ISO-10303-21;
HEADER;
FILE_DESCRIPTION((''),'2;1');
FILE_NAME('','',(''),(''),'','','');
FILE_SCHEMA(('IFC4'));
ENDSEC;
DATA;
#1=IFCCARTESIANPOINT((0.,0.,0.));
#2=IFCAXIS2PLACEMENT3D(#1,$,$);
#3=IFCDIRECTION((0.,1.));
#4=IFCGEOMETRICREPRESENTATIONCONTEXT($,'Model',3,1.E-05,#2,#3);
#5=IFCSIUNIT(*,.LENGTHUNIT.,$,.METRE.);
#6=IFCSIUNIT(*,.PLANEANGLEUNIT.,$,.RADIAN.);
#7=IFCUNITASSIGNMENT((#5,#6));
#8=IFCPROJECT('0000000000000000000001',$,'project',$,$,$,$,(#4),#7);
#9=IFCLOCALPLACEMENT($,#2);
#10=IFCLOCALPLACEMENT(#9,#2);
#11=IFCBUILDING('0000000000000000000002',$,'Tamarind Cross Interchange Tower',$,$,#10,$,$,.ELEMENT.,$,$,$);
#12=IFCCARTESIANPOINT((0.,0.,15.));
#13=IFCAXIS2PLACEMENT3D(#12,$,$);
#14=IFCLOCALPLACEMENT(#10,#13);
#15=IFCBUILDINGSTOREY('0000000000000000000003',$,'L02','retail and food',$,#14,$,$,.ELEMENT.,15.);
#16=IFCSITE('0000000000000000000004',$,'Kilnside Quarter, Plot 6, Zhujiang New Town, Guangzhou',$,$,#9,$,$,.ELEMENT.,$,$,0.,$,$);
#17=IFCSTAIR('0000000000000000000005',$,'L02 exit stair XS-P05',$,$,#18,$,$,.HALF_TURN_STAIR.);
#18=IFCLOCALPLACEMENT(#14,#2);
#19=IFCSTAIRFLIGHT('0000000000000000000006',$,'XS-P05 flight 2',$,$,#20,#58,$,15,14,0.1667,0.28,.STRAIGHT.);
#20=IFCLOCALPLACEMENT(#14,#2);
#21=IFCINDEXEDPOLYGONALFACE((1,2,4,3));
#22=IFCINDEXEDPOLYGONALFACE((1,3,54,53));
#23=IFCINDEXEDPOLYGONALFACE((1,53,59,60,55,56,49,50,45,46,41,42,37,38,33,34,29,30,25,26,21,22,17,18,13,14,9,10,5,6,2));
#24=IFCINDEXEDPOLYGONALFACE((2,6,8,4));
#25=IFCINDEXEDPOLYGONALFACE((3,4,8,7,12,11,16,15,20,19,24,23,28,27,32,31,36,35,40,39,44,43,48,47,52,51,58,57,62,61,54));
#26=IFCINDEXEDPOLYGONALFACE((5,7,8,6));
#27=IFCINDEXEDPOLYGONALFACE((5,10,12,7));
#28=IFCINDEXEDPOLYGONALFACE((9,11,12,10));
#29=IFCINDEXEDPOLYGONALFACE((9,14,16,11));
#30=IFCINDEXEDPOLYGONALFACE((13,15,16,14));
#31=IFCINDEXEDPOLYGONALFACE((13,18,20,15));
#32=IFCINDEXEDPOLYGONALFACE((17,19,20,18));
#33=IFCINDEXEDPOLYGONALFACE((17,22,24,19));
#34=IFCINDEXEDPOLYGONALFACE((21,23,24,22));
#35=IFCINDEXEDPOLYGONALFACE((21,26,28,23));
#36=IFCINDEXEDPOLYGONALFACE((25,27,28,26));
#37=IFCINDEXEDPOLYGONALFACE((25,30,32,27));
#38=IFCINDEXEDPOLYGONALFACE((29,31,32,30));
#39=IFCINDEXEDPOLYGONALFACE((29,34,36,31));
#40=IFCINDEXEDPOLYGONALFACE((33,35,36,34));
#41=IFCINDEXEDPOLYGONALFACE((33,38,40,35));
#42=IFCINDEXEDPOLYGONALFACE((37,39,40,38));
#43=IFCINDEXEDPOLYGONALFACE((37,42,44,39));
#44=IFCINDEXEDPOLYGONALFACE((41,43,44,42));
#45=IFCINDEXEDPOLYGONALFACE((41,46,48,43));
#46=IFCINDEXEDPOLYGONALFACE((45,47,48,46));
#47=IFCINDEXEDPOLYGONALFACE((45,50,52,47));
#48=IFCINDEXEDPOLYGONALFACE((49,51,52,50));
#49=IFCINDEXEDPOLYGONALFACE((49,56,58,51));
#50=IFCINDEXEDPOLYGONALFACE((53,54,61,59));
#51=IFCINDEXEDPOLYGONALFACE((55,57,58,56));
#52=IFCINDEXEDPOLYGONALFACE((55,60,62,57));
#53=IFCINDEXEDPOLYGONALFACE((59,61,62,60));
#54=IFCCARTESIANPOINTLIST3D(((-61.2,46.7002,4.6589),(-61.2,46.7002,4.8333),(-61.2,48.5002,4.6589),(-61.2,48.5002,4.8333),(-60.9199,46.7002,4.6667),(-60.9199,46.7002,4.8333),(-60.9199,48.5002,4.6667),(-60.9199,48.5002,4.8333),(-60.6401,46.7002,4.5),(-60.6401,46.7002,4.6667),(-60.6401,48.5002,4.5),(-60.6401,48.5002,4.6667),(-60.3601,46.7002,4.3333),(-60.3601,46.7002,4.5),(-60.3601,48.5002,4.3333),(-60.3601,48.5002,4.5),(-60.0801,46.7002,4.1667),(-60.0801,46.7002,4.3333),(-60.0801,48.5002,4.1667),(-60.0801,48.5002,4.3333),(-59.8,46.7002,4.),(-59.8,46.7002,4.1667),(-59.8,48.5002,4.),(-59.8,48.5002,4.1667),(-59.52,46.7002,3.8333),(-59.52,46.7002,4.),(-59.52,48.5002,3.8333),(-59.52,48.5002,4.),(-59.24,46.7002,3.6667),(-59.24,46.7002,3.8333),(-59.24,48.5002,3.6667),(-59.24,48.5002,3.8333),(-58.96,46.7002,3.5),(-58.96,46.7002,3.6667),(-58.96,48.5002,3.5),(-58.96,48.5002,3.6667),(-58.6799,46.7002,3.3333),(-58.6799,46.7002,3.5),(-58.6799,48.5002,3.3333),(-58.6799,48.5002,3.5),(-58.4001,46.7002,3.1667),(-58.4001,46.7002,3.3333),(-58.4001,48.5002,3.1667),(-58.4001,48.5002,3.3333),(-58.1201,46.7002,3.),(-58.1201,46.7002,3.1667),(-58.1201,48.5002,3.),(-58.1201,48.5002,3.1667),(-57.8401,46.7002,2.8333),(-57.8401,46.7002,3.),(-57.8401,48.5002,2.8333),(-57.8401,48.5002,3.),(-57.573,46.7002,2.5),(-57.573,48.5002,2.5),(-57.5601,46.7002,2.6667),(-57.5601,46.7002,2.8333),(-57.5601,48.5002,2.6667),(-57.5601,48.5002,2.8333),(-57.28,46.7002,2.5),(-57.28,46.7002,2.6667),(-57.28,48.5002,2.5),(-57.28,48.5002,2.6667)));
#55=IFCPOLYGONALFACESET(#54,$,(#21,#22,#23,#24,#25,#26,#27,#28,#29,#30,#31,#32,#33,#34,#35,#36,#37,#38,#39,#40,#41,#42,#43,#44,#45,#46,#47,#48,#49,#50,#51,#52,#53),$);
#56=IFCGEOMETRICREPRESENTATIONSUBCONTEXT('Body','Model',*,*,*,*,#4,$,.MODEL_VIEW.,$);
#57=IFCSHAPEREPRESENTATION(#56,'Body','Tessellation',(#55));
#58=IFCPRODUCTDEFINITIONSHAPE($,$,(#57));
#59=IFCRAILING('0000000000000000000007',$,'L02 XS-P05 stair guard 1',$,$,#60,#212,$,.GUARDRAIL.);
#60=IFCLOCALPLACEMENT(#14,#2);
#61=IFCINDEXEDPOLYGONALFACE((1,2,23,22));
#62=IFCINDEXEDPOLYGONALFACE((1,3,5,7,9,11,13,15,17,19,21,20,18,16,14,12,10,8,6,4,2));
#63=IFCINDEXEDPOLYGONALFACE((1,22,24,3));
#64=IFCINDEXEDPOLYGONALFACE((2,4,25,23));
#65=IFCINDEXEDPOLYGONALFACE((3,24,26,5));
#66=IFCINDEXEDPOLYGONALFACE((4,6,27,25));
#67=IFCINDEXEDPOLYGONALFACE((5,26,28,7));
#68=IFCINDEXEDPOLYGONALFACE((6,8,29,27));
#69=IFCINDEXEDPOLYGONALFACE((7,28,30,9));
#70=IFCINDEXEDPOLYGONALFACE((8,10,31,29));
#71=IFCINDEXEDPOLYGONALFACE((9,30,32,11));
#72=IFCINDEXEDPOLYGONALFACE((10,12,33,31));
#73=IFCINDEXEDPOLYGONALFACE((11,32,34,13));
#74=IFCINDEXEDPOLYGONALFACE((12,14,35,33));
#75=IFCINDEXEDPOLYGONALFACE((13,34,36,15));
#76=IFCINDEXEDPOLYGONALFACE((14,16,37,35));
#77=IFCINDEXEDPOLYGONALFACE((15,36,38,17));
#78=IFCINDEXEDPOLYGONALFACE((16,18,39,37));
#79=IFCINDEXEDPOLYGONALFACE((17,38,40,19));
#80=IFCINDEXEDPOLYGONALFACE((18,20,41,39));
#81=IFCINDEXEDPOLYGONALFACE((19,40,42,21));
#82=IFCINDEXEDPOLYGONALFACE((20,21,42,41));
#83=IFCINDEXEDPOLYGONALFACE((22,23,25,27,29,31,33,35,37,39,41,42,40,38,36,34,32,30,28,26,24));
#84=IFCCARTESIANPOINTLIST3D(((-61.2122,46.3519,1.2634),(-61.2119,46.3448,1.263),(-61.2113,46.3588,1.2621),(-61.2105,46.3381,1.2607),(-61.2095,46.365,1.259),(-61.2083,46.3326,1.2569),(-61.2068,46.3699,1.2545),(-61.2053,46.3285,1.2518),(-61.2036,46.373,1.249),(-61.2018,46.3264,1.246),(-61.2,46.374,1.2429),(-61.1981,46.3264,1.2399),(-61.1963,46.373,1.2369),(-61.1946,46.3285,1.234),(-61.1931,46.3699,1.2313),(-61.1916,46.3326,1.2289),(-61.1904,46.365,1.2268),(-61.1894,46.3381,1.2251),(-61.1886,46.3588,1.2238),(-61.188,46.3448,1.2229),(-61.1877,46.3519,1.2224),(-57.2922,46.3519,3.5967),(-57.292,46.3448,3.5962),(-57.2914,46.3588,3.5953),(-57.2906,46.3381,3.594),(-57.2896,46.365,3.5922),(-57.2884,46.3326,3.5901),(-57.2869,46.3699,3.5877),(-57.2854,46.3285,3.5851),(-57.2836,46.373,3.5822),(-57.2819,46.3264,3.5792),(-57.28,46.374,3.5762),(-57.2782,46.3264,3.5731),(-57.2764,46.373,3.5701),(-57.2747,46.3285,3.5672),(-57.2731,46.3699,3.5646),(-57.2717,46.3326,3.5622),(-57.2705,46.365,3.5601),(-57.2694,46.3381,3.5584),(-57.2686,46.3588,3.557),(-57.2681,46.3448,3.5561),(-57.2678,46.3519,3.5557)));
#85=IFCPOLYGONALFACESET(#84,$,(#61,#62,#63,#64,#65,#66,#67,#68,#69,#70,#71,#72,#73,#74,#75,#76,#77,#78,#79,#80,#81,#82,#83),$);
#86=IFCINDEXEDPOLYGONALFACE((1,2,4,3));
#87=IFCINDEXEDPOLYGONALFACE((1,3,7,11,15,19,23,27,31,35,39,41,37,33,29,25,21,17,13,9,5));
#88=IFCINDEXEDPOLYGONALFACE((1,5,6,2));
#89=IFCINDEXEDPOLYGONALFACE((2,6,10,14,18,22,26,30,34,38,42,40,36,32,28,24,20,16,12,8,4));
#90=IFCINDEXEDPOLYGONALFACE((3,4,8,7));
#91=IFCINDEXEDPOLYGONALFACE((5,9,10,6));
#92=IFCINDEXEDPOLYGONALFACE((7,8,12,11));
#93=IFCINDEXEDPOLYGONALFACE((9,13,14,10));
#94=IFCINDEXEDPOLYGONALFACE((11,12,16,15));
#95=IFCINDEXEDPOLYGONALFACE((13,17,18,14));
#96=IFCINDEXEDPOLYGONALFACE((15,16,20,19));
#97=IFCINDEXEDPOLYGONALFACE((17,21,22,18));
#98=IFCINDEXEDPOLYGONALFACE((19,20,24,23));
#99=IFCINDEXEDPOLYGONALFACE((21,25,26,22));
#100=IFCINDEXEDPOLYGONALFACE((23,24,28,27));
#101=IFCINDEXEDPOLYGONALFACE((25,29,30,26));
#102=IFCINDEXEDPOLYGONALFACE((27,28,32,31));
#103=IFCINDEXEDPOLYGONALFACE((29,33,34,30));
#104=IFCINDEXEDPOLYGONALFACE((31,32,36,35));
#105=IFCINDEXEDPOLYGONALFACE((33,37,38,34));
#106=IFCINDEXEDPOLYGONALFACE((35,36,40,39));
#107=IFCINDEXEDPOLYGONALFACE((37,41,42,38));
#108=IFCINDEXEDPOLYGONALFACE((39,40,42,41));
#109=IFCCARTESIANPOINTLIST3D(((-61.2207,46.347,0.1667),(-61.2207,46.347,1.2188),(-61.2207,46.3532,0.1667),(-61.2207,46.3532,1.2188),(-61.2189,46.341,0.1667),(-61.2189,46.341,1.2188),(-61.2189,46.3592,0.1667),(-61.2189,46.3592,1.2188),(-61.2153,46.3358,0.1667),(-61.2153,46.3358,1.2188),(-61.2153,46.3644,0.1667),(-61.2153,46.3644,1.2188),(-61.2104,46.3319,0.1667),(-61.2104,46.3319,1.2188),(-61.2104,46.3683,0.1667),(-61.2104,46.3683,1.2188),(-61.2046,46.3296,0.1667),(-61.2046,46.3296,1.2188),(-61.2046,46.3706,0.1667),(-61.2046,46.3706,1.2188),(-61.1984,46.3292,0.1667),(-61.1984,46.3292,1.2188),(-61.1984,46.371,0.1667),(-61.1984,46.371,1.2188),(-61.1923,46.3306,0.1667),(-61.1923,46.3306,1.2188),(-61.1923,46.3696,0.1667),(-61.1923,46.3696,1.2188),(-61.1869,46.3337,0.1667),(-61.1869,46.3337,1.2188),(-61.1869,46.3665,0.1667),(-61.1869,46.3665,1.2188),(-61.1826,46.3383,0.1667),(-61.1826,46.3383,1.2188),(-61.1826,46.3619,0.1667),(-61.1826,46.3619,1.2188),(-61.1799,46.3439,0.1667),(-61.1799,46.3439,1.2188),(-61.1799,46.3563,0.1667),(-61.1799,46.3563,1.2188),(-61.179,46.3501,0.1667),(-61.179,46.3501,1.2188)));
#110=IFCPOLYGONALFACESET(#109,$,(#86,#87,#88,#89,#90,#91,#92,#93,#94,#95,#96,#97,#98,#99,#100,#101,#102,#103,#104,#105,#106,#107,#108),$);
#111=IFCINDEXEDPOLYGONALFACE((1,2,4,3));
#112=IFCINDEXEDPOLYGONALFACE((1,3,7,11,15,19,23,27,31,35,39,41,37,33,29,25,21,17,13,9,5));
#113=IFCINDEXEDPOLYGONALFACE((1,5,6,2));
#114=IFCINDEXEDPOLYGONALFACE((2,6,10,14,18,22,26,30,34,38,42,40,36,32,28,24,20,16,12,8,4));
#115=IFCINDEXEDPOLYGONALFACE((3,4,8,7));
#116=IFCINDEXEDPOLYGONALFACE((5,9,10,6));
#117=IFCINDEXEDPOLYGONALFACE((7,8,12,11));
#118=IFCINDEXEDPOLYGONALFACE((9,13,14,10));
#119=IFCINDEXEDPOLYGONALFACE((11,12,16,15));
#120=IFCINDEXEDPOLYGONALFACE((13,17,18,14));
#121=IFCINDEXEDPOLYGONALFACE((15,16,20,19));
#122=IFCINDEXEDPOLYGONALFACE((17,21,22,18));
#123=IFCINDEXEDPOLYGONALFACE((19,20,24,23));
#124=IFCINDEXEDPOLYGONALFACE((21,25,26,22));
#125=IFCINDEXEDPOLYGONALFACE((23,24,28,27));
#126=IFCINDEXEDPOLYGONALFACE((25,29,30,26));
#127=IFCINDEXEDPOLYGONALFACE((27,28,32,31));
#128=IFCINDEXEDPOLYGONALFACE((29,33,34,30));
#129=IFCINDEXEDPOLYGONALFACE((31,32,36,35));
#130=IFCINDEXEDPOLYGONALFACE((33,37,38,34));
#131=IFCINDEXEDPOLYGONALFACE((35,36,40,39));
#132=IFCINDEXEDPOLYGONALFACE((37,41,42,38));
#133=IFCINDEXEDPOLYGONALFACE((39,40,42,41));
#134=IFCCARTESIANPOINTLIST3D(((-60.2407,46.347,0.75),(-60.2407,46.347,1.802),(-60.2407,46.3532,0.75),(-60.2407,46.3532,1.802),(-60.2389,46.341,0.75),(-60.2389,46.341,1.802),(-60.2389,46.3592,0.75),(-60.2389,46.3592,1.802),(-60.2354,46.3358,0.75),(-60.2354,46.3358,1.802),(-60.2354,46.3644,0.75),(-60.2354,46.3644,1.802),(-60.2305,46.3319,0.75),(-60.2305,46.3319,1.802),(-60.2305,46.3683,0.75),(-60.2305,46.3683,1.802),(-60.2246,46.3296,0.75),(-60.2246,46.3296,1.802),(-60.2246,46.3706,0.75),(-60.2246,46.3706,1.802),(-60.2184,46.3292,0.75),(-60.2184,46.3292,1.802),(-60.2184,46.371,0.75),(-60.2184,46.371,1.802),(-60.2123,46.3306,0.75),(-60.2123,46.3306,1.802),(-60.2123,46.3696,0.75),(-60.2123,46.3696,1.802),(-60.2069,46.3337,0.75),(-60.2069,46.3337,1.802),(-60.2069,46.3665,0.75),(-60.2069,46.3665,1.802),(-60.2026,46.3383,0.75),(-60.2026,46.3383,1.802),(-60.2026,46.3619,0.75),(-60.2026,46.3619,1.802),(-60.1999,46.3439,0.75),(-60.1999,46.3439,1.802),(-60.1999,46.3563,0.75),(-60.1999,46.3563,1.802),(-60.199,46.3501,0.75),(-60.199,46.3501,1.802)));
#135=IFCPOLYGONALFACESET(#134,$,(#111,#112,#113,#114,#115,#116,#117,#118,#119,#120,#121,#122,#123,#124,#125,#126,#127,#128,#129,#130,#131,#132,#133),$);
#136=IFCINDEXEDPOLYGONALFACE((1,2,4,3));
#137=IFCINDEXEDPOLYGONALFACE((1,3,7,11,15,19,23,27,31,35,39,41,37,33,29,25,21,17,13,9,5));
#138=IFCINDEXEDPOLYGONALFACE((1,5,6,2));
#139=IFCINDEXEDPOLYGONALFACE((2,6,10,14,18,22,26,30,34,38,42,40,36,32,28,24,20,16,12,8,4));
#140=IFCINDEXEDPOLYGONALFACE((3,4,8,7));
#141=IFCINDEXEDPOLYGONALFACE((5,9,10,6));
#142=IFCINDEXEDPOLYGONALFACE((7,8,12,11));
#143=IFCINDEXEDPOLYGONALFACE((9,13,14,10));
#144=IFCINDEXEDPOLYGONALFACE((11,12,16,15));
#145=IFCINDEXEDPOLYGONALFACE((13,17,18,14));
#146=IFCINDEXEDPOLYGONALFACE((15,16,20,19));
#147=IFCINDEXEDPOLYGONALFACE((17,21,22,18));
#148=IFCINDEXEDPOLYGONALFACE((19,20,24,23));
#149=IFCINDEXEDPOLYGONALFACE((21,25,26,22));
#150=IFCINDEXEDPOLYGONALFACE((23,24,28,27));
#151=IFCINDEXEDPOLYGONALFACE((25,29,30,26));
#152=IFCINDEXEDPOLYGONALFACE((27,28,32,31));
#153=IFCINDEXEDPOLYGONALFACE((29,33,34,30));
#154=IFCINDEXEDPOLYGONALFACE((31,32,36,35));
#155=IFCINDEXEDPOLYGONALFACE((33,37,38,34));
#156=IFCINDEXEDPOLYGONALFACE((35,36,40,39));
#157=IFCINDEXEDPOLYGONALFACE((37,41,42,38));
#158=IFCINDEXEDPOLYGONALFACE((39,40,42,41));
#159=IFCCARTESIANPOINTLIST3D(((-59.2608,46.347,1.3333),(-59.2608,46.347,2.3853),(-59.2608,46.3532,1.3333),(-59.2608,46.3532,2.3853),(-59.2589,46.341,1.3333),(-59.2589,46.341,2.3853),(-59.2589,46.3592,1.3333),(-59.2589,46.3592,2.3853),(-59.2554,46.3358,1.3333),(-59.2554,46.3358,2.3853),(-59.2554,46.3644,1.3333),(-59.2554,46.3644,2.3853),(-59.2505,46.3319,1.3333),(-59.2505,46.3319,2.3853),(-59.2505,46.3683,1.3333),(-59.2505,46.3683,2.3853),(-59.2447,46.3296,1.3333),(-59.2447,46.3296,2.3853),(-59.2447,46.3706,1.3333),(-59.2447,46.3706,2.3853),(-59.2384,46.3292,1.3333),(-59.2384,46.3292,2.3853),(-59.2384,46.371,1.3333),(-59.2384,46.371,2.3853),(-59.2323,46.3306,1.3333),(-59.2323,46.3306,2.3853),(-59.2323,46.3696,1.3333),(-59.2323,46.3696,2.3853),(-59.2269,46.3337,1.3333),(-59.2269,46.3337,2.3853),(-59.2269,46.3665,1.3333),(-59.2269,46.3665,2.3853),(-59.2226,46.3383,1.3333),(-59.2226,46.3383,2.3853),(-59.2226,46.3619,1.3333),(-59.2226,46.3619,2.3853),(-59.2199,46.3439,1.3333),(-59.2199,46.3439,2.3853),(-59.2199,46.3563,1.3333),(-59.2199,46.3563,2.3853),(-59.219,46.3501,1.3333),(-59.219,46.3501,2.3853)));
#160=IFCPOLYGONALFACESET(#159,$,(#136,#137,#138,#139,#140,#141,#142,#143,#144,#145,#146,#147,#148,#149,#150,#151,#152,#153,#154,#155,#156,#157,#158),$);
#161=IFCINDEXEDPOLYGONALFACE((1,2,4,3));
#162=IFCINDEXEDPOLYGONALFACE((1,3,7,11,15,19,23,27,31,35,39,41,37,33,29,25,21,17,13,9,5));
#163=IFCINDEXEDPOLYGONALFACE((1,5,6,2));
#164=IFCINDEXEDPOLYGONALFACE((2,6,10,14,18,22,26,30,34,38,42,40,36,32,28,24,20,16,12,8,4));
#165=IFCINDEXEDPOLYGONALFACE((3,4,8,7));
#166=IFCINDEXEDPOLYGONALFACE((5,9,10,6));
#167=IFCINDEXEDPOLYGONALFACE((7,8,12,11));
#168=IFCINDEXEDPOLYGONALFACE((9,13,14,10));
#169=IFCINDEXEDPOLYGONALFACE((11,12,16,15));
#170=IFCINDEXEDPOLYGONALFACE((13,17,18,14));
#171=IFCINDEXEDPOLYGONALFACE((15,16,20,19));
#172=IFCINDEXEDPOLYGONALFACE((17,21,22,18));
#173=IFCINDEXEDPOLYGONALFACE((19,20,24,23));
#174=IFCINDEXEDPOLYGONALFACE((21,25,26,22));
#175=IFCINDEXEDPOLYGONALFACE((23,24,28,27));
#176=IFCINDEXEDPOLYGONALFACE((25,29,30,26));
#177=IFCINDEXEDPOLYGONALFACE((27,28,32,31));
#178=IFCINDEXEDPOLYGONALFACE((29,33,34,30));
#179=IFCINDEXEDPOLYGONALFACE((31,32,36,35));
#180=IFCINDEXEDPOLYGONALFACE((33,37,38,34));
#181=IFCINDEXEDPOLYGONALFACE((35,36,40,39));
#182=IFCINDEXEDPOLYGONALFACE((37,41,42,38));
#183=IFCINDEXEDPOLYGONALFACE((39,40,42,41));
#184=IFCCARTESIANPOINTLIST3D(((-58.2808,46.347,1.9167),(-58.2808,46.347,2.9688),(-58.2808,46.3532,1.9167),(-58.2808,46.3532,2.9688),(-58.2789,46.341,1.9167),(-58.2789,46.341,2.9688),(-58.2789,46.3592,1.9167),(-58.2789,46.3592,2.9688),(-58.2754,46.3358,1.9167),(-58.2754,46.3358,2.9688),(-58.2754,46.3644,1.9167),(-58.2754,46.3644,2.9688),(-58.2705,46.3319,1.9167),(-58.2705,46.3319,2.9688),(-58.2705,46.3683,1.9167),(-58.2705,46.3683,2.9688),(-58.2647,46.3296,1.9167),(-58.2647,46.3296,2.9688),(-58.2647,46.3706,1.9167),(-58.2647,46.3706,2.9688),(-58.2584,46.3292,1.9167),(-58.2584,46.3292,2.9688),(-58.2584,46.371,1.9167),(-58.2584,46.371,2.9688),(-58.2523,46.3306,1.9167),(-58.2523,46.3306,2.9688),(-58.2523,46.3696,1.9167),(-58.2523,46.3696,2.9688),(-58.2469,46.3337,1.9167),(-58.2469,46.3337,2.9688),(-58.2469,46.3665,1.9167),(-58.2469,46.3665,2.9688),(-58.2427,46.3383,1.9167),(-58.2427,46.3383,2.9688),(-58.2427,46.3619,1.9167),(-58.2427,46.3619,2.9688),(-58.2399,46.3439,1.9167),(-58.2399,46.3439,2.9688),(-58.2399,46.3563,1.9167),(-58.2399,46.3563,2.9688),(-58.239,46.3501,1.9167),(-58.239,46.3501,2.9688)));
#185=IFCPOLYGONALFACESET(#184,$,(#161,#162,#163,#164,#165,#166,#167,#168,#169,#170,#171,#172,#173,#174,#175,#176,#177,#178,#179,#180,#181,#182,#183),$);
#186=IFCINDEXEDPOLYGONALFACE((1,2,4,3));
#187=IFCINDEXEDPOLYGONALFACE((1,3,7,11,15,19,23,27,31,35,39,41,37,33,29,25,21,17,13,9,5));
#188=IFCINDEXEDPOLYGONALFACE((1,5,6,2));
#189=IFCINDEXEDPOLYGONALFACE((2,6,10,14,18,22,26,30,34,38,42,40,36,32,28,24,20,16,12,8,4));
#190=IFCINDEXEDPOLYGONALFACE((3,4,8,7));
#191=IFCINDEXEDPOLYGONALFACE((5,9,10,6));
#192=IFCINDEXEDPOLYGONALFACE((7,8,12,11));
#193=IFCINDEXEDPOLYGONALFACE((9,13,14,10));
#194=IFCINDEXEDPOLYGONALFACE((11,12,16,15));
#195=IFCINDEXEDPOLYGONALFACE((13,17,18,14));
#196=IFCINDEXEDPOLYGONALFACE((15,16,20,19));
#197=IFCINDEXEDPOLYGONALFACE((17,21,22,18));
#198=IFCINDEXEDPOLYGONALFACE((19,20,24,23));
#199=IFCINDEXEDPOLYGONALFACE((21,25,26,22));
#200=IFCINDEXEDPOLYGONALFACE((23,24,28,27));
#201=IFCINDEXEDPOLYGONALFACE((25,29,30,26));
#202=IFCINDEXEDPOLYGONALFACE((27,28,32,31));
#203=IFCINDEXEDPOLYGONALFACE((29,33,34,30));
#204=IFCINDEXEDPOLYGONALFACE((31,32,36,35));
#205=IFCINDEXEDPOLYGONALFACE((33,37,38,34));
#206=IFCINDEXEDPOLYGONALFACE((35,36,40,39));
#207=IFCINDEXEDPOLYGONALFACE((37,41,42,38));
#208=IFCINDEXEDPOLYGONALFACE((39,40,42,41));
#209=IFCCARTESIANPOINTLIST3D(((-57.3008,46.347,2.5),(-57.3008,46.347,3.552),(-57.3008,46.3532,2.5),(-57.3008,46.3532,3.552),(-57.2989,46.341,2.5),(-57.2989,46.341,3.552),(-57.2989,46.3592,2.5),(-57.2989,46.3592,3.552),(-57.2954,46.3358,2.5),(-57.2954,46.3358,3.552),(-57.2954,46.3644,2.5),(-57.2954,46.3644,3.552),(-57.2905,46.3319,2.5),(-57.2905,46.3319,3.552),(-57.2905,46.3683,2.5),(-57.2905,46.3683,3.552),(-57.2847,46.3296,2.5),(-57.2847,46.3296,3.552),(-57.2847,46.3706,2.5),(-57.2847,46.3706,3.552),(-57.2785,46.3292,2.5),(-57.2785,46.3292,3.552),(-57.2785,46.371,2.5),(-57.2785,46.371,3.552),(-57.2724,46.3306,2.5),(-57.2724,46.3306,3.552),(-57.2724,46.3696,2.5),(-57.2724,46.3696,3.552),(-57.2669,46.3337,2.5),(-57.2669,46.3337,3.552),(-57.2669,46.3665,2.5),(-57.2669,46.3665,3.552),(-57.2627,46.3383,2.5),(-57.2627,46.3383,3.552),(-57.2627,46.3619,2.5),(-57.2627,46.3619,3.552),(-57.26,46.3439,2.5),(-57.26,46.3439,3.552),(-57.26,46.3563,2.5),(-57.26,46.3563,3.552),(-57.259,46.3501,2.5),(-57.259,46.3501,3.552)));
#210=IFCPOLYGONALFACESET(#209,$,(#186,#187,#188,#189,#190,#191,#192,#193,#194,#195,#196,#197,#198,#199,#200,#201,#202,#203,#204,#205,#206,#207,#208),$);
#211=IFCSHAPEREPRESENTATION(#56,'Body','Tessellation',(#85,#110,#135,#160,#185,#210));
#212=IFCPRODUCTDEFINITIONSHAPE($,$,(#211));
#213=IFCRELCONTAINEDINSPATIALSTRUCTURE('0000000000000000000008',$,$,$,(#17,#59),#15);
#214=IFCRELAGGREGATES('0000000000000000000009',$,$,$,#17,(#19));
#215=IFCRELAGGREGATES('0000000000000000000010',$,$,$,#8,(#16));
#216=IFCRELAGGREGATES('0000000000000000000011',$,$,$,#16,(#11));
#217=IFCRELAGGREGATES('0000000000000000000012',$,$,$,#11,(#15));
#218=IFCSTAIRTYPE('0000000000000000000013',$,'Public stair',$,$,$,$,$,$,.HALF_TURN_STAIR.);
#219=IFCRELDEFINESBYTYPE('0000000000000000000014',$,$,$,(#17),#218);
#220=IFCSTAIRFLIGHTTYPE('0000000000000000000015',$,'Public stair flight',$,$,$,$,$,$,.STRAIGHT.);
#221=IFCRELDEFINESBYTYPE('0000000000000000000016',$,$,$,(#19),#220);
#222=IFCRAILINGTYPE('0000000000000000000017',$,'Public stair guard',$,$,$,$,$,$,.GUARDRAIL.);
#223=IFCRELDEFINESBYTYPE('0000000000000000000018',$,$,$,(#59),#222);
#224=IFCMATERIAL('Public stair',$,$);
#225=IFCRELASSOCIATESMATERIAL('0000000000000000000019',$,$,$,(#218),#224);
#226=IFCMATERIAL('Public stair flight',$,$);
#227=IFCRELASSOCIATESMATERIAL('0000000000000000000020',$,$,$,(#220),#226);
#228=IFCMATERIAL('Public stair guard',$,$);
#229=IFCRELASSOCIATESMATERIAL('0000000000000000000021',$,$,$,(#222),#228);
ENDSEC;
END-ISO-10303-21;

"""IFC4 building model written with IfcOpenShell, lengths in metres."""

from ifc_helpers import new_model, si_unit, direction, frame, origin, origin_2d, place, context, subcontext, project, spatial, polyline, circle, outline, extrude, material, type_object, element, aggregate, save


model = new_model("IFC4")

# Units and contexts
model_context = context("Model", 3, precision=1e-05, world=origin(), true_north=direction((0.0, 1.0)))
body_context = subcontext(model_context, "Body", "Model", "MODEL_VIEW")
ifc_project = project(units=[si_unit("LENGTHUNIT", "METRE"), si_unit("PLANEANGLEUNIT", "RADIAN")], contexts=[model_context])

# Site, building, storey
site_placement = place(None, origin())
site = spatial("IfcSite", under=ifc_project, at=site_placement, Name="Kilnside Quarter, Plot 6, Zhujiang New Town, Guangzhou", CompositionType="ELEMENT", RefElevation=0.0)
building_placement = place(site_placement, origin())
building = spatial("IfcBuilding", under=site, at=building_placement, Name="Tamarind Cross Interchange Tower", CompositionType="ELEMENT")
storey_placement = place(building_placement, frame((0.0, 0.0, 15.0)))
storey = spatial("IfcBuildingStorey", under=building, at=storey_placement, Name="L02", Description="retail and food", CompositionType="ELEMENT", Elevation=15.0)

# Stair, stair flight
ifc_material_1 = material(Name="Public stair")
stair_type = type_object("IfcStairType", Name="Public stair", PredefinedType="HALF_TURN_STAIR", material=ifc_material_1)
stair_placement = place(storey_placement, origin())
stair = element("IfcStair", 1, at=stair_placement, inside=storey, type_object=stair_type, Name="L02 exit stair XS-P05", PredefinedType="HALF_TURN_STAIR")
ifc_material_2 = material(Name="Public stair flight")
stair_flight_type = type_object("IfcStairFlightType", Name="Public stair flight", PredefinedType="STRAIGHT", material=ifc_material_2)
stair_flight_1_placement = place(storey_placement, frame((-57.28, 47.6001, 2.5), z_axis=(0.0, 0.0, 1.0), x_axis=(-1.0, 0.0, 0.0)))
stair_flight_1 = element("IfcStairFlight", 2, at=stair_flight_1_placement, type_object=stair_flight_type, Name="XS-P05 flight 2", NumberOfRisers=15, NumberOfTreads=14, PredefinedType="STRAIGHT", RiserHeight=0.1667, TreadLength=0.28, context=body_context, shape_type="SweptSolid", body=[
    extrude(outline(polyline([(0.0, 0.0), (0.0, 0.1667), (0.28, 0.1667), (0.28, 0.3333), (0.5601, 0.3333), (0.5601, 0.5), (0.8401, 0.5), (0.8401, 0.6667), (1.1201, 0.6667), (1.1201, 0.8333), (1.3999, 0.8333), (1.3999, 1.0), (1.6799, 1.0), (1.6799, 1.1667), (1.96, 1.1667), (1.96, 1.3333), (2.24, 1.3333), (2.24, 1.5), (2.52, 1.5), (2.52, 1.6667), (2.8, 1.6667), (2.8, 1.8333), (3.0801, 1.8333), (3.0801, 2.0), (3.3601, 2.0), (3.3601, 2.1667), (3.6399, 2.1667), (3.6399, 2.3333), (3.9199, 2.3333), (3.9199, 2.5), (3.9199, 2.1589), (0.293, 0.0), (0.0, 0.0)])), frame((0.0, 0.8999, 0.0), z_axis=(0.0, -1.0, 0.0), x_axis=(1.0, 0.0, 0.0)), (0.0, 0.0, 1.0), 1.8),
])
aggregate(stair, [stair_flight_1])

# Railing
ifc_material_3 = material(Name="Public stair guard")
railing_type_1 = type_object("IfcRailingType", Name="Public stair guard", PredefinedType="GUARDRAIL", material=ifc_material_3)
railing_1_placement = place(storey_placement, frame((-61.2, 46.3501, 0.1667)))
element("IfcRailing", 3, at=railing_1_placement, inside=storey, type_object=railing_type_1, Name="L02 XS-P05 stair guard 1", PredefinedType="GUARDRAIL", context=body_context, shape_type="SweptSolid", body=[
    extrude(circle(Radius=0.0239, at=origin_2d()), frame((0.0, 0.0, 1.0762), z_axis=(0.859296, 0.0, 0.511478), x_axis=(0.0, 1.0, 0.0)), (0.0, 0.0, 1.0), 4.5618),
    extrude(circle(Radius=0.021, at=origin_2d()), origin(), (0.0, 0.0, 1.0), 1.052),
    extrude(circle(Radius=0.021, at=origin_2d()), frame((0.98, 0.0, 0.5833)), (0.0, 0.0, 1.0), 1.052),
    extrude(circle(Radius=0.021, at=origin_2d()), frame((1.96, 0.0, 1.1665)), (0.0, 0.0, 1.0), 1.052),
    extrude(circle(Radius=0.021, at=origin_2d()), frame((2.9399, 0.0, 1.75)), (0.0, 0.0, 1.0), 1.052),
    extrude(circle(Radius=0.021, at=origin_2d()), frame((3.9199, 0.0, 2.3333)), (0.0, 0.0, 1.0), 1.052),
])

save(model, "model.ifc")
